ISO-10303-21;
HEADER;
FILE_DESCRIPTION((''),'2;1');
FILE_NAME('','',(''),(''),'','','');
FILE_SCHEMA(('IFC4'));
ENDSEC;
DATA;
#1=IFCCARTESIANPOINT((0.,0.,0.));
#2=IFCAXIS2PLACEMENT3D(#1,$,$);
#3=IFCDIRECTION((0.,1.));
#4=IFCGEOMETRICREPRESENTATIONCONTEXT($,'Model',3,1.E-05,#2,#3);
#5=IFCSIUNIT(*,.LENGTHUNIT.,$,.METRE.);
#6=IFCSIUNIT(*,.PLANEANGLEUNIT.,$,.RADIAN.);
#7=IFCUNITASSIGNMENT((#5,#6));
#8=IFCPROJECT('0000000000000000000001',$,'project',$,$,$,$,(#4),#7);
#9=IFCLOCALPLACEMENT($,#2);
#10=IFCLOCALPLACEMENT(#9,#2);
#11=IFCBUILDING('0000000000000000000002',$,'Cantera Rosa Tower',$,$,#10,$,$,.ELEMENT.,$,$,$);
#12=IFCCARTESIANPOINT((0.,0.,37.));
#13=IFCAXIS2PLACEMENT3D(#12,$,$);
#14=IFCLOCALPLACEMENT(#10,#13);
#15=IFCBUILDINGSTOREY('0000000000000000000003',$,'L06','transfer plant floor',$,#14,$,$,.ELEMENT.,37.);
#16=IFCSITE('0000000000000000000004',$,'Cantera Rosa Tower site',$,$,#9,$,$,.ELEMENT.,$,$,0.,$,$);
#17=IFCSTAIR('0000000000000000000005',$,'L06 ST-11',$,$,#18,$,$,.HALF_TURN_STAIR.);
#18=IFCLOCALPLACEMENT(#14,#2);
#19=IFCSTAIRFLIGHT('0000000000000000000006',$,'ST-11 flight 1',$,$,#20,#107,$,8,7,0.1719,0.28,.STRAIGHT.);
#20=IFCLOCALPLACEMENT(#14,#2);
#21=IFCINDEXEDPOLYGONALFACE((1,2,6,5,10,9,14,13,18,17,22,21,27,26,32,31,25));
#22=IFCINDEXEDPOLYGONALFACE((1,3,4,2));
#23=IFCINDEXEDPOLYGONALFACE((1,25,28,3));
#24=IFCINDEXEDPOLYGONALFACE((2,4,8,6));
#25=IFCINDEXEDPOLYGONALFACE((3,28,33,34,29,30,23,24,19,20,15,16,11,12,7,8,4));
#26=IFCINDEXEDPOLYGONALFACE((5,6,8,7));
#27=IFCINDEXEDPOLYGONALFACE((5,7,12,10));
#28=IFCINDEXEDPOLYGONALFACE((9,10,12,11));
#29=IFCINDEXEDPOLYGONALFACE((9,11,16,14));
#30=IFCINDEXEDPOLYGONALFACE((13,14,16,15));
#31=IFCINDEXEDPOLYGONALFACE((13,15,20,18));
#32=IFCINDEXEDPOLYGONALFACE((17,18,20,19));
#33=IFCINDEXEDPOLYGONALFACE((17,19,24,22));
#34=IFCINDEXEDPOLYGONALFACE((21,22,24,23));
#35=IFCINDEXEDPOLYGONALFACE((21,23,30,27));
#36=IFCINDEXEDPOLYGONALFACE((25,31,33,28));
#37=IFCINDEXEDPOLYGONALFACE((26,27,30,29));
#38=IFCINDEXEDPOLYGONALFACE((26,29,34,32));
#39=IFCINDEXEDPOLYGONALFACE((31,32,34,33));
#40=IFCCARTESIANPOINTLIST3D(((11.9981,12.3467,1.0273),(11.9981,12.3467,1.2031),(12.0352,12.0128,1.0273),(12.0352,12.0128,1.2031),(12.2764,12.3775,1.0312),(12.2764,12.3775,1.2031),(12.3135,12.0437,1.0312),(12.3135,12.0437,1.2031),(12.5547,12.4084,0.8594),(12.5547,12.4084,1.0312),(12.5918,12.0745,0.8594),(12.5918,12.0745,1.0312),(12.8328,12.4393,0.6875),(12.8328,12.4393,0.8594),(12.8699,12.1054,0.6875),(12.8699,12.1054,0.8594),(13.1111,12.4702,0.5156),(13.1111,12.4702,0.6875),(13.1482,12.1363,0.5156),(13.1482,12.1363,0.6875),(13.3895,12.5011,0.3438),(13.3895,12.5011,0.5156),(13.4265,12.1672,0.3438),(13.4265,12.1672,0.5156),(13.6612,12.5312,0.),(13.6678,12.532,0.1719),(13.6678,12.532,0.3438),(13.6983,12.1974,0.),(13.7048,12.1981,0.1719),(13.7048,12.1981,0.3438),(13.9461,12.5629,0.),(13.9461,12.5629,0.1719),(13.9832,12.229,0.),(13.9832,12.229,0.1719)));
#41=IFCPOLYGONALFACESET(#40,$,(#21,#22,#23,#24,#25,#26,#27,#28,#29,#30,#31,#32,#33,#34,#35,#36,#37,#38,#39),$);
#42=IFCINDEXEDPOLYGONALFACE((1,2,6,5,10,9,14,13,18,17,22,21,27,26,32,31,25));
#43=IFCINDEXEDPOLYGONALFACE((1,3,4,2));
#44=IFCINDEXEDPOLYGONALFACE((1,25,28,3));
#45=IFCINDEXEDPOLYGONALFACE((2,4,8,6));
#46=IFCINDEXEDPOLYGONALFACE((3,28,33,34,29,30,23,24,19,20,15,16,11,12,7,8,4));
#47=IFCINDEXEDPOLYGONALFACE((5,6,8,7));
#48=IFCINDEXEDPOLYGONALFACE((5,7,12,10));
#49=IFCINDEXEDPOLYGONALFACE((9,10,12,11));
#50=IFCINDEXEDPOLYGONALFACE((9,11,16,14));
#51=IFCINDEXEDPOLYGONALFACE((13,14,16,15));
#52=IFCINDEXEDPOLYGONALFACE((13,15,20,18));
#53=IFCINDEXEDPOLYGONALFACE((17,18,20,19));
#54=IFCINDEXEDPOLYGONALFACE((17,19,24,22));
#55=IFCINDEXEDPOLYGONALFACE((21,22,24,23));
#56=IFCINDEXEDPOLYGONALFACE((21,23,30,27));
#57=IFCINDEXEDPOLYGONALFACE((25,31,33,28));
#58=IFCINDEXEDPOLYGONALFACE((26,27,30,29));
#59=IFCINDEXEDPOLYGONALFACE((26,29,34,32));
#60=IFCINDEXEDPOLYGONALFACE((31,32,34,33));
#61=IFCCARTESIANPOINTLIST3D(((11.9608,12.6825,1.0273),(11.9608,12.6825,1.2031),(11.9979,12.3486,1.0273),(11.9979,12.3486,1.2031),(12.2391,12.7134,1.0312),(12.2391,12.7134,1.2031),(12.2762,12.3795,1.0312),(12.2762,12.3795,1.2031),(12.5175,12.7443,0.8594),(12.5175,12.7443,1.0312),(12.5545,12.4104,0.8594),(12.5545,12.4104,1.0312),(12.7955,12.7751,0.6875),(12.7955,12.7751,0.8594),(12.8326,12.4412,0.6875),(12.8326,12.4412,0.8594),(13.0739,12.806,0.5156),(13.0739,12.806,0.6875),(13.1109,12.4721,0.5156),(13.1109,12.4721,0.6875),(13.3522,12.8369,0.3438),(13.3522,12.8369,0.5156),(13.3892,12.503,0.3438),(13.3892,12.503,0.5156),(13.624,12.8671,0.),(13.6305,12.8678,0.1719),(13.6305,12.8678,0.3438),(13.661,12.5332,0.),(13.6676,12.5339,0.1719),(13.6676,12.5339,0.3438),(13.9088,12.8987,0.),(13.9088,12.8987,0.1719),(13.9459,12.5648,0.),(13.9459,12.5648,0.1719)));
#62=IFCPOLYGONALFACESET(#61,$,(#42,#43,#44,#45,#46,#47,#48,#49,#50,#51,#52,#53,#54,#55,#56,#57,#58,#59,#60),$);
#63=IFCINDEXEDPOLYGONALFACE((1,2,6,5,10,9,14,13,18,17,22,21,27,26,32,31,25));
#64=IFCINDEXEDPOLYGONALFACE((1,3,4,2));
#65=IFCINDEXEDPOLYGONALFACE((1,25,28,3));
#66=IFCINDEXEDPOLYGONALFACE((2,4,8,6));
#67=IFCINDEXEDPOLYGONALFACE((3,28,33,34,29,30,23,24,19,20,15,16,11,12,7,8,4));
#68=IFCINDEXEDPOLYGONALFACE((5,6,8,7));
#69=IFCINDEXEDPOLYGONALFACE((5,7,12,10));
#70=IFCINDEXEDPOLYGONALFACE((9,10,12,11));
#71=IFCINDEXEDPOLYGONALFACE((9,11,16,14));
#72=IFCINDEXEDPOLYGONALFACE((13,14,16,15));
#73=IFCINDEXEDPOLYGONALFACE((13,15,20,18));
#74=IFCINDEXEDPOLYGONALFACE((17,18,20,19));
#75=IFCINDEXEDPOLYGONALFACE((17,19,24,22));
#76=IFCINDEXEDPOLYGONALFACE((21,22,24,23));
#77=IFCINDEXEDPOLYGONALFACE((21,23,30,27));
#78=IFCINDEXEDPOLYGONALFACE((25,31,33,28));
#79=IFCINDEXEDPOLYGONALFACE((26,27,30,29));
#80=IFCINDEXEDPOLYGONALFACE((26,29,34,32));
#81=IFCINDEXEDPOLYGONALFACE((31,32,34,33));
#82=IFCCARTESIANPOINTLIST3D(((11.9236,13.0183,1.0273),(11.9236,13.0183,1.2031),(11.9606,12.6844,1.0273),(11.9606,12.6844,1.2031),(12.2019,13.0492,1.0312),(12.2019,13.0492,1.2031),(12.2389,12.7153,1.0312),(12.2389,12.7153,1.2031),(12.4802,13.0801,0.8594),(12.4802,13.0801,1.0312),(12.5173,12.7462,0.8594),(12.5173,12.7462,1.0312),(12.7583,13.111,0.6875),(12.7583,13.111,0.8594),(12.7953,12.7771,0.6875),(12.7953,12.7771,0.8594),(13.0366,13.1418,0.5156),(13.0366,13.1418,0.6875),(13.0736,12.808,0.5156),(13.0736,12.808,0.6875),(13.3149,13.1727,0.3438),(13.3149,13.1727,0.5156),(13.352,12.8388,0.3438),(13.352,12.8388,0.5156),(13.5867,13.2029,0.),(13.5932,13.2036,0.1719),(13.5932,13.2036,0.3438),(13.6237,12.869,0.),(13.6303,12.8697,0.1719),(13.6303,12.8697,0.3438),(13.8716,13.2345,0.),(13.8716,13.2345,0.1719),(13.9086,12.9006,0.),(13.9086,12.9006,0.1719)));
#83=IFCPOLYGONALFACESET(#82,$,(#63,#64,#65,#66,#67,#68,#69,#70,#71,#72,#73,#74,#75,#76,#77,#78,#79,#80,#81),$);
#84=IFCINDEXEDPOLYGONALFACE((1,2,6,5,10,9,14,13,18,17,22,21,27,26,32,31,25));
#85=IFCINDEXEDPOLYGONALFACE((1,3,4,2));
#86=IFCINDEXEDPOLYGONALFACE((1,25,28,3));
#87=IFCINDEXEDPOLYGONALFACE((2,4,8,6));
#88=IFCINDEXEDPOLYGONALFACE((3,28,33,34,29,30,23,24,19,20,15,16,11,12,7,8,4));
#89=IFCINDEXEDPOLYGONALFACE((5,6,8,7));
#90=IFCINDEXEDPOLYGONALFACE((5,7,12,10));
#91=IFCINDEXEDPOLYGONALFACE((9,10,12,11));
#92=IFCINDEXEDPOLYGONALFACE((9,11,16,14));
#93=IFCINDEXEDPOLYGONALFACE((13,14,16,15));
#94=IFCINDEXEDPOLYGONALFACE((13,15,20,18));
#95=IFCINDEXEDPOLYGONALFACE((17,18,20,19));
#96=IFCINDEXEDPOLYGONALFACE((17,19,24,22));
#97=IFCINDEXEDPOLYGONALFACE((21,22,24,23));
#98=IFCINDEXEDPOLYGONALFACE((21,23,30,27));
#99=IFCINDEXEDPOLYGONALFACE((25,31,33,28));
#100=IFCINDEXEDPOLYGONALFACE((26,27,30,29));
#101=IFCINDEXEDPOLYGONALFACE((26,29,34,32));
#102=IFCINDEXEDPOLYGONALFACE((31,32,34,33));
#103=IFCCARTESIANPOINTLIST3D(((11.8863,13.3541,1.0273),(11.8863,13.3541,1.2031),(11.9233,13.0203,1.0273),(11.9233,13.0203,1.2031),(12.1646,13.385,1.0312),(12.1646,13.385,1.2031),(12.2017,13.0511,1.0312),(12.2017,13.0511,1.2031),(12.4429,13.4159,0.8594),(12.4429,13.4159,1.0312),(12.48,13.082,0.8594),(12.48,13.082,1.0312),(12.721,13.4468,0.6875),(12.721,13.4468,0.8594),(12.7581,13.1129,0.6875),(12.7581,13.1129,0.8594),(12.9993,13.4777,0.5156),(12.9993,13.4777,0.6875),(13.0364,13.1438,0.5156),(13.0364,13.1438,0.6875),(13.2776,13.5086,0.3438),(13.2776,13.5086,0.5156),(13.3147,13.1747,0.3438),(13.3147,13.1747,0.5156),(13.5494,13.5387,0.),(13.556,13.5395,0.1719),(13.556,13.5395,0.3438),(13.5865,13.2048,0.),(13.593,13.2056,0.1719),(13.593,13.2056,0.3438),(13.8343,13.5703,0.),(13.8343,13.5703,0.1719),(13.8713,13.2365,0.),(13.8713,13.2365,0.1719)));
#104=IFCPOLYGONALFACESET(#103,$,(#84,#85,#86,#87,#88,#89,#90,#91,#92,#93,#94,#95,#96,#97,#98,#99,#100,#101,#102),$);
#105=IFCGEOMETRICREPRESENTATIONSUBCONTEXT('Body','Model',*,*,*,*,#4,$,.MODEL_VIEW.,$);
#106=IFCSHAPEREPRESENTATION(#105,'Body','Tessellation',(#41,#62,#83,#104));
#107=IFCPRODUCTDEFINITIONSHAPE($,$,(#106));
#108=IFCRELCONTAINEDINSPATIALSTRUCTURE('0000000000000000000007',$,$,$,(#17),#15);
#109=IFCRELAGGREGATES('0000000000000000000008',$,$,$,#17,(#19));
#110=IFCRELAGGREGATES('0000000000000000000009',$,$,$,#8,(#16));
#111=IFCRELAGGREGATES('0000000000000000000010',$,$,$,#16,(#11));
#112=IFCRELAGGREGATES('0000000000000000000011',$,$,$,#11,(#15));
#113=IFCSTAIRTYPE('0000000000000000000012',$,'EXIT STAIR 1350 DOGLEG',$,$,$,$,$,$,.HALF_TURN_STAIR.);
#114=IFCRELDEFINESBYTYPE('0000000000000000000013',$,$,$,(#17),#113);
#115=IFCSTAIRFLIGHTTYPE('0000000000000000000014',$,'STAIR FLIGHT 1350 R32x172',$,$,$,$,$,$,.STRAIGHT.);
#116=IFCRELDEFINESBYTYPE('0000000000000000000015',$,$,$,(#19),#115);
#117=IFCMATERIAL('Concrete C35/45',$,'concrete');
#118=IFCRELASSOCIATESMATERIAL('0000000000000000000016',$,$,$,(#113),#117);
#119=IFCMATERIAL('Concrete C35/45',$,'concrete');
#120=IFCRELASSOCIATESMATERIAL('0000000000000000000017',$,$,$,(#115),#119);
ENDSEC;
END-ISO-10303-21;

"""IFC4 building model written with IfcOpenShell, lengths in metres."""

from ifc_helpers import new_model, si_unit, direction, frame, origin, place, context, subcontext, project, spatial, polyline, outline, extrude, material, type_object, element, aggregate, save


model = new_model("IFC4")

# Units and contexts
model_context = context("Model", 3, precision=1e-05, world=origin(), true_north=direction((0.0, 1.0)))
body_context = subcontext(model_context, "Body", "Model", "MODEL_VIEW")
ifc_project = project(units=[si_unit("LENGTHUNIT", "METRE"), si_unit("PLANEANGLEUNIT", "RADIAN")], contexts=[model_context])

# Site, building, storey
site_placement = place(None, origin())
site = spatial("IfcSite", under=ifc_project, at=site_placement, Name="Cantera Rosa Tower site", CompositionType="ELEMENT", RefElevation=0.0)
building_placement = place(site_placement, origin())
building = spatial("IfcBuilding", under=site, at=building_placement, Name="Cantera Rosa Tower", CompositionType="ELEMENT")
storey_placement = place(building_placement, frame((0.0, 0.0, 37.0)))
storey = spatial("IfcBuildingStorey", under=building, at=storey_placement, Name="L06", Description="transfer plant floor", CompositionType="ELEMENT", Elevation=37.0)

# Shared definitions
ifc_material_1 = material(Name="Concrete C35/45", Category="concrete")
stair_type = type_object("IfcStairType", Name="EXIT STAIR 1350 DOGLEG", PredefinedType="HALF_TURN_STAIR", material=ifc_material_1)

# Stair, stair flight
stair_1_placement = place(storey_placement, origin())
stair_1 = element("IfcStair", 1, at=stair_1_placement, inside=storey, type_object=stair_type, Name="L06 ST-11", PredefinedType="HALF_TURN_STAIR")
ifc_material_2 = material(Name="Concrete C35/45", Category="concrete")
stair_flight_type = type_object("IfcStairFlightType", Name="STAIR FLIGHT 1350 R32x172", PredefinedType="STRAIGHT", material=ifc_material_2)
stair_flight_1_placement = place(storey_placement, frame((13.9087, 12.8999, 0.0), z_axis=(0.0, 0.0, 1.0), x_axis=(-0.993897, -0.110313, 0.0)))
stair_flight_1 = element("IfcStairFlight", 2, at=stair_flight_1_placement, type_object=stair_flight_type, Name="ST-11 flight 1", NumberOfRisers=8, NumberOfTreads=7, PredefinedType="STRAIGHT", RiserHeight=0.1719, TreadLength=0.28, context=body_context, shape_type="SweptSolid", body=[
    extrude(outline(polyline([(0.0, 0.0), (0.0, 0.1719), (0.28, 0.1719), (0.28, 0.3438), (0.5601, 0.3438), (0.5601, 0.5156), (0.8401, 0.5156), (0.8401, 0.6875), (1.1201, 0.6875), (1.1201, 0.8594), (1.3999, 0.8594), (1.3999, 1.0312), (1.6799, 1.0312), (1.6799, 1.2031), (1.96, 1.2031), (1.96, 1.375), (1.96, 1.0273), (0.2866, 0.0), (0.0, 0.0)])), frame((0.0, 0.675, 0.0), z_axis=(0.0, -1.0, 0.0), x_axis=(1.0, 0.0, 0.0)), (0.0, 0.0, 1.0), 0.3359),
    extrude(outline(polyline([(0.0, 0.0), (0.0, 0.1719), (0.28, 0.1719), (0.28, 0.3438), (0.5601, 0.3438), (0.5601, 0.5156), (0.8401, 0.5156), (0.8401, 0.6875), (1.1201, 0.6875), (1.1201, 0.8594), (1.3999, 0.8594), (1.3999, 1.0312), (1.6799, 1.0312), (1.6799, 1.2031), (1.96, 1.2031), (1.96, 1.375), (1.96, 1.0273), (0.2866, 0.0), (0.0, 0.0)])), frame((0.0, 0.3372, 0.0), z_axis=(0.0, -1.0, 0.0), x_axis=(1.0, 0.0, 0.0)), (0.0, 0.0, 1.0), 0.3359),
    extrude(outline(polyline([(0.0, 0.0), (0.0, 0.1719), (0.28, 0.1719), (0.28, 0.3438), (0.5601, 0.3438), (0.5601, 0.5156), (0.8401, 0.5156), (0.8401, 0.6875), (1.1201, 0.6875), (1.1201, 0.8594), (1.3999, 0.8594), (1.3999, 1.0312), (1.6799, 1.0312), (1.6799, 1.2031), (1.96, 1.2031), (1.96, 1.375), (1.96, 1.0273), (0.2866, 0.0), (0.0, 0.0)])), frame((0.0, -0.0007, 0.0), z_axis=(0.0, -1.0, 0.0), x_axis=(1.0, 0.0, 0.0)), (0.0, 0.0, 1.0), 0.3359),
    extrude(outline(polyline([(0.0, 0.0), (0.0, 0.1719), (0.28, 0.1719), (0.28, 0.3438), (0.5601, 0.3438), (0.5601, 0.5156), (0.8401, 0.5156), (0.8401, 0.6875), (1.1201, 0.6875), (1.1201, 0.8594), (1.3999, 0.8594), (1.3999, 1.0312), (1.6799, 1.0312), (1.6799, 1.2031), (1.96, 1.2031), (1.96, 1.375), (1.96, 1.0273), (0.2866, 0.0), (0.0, 0.0)])), frame((0.0, -0.3386, 0.0), z_axis=(0.0, -1.0, 0.0), x_axis=(1.0, 0.0, 0.0)), (0.0, 0.0, 1.0), 0.3359),
])
aggregate(stair_1, [stair_flight_1])

save(model, "model.ifc")
